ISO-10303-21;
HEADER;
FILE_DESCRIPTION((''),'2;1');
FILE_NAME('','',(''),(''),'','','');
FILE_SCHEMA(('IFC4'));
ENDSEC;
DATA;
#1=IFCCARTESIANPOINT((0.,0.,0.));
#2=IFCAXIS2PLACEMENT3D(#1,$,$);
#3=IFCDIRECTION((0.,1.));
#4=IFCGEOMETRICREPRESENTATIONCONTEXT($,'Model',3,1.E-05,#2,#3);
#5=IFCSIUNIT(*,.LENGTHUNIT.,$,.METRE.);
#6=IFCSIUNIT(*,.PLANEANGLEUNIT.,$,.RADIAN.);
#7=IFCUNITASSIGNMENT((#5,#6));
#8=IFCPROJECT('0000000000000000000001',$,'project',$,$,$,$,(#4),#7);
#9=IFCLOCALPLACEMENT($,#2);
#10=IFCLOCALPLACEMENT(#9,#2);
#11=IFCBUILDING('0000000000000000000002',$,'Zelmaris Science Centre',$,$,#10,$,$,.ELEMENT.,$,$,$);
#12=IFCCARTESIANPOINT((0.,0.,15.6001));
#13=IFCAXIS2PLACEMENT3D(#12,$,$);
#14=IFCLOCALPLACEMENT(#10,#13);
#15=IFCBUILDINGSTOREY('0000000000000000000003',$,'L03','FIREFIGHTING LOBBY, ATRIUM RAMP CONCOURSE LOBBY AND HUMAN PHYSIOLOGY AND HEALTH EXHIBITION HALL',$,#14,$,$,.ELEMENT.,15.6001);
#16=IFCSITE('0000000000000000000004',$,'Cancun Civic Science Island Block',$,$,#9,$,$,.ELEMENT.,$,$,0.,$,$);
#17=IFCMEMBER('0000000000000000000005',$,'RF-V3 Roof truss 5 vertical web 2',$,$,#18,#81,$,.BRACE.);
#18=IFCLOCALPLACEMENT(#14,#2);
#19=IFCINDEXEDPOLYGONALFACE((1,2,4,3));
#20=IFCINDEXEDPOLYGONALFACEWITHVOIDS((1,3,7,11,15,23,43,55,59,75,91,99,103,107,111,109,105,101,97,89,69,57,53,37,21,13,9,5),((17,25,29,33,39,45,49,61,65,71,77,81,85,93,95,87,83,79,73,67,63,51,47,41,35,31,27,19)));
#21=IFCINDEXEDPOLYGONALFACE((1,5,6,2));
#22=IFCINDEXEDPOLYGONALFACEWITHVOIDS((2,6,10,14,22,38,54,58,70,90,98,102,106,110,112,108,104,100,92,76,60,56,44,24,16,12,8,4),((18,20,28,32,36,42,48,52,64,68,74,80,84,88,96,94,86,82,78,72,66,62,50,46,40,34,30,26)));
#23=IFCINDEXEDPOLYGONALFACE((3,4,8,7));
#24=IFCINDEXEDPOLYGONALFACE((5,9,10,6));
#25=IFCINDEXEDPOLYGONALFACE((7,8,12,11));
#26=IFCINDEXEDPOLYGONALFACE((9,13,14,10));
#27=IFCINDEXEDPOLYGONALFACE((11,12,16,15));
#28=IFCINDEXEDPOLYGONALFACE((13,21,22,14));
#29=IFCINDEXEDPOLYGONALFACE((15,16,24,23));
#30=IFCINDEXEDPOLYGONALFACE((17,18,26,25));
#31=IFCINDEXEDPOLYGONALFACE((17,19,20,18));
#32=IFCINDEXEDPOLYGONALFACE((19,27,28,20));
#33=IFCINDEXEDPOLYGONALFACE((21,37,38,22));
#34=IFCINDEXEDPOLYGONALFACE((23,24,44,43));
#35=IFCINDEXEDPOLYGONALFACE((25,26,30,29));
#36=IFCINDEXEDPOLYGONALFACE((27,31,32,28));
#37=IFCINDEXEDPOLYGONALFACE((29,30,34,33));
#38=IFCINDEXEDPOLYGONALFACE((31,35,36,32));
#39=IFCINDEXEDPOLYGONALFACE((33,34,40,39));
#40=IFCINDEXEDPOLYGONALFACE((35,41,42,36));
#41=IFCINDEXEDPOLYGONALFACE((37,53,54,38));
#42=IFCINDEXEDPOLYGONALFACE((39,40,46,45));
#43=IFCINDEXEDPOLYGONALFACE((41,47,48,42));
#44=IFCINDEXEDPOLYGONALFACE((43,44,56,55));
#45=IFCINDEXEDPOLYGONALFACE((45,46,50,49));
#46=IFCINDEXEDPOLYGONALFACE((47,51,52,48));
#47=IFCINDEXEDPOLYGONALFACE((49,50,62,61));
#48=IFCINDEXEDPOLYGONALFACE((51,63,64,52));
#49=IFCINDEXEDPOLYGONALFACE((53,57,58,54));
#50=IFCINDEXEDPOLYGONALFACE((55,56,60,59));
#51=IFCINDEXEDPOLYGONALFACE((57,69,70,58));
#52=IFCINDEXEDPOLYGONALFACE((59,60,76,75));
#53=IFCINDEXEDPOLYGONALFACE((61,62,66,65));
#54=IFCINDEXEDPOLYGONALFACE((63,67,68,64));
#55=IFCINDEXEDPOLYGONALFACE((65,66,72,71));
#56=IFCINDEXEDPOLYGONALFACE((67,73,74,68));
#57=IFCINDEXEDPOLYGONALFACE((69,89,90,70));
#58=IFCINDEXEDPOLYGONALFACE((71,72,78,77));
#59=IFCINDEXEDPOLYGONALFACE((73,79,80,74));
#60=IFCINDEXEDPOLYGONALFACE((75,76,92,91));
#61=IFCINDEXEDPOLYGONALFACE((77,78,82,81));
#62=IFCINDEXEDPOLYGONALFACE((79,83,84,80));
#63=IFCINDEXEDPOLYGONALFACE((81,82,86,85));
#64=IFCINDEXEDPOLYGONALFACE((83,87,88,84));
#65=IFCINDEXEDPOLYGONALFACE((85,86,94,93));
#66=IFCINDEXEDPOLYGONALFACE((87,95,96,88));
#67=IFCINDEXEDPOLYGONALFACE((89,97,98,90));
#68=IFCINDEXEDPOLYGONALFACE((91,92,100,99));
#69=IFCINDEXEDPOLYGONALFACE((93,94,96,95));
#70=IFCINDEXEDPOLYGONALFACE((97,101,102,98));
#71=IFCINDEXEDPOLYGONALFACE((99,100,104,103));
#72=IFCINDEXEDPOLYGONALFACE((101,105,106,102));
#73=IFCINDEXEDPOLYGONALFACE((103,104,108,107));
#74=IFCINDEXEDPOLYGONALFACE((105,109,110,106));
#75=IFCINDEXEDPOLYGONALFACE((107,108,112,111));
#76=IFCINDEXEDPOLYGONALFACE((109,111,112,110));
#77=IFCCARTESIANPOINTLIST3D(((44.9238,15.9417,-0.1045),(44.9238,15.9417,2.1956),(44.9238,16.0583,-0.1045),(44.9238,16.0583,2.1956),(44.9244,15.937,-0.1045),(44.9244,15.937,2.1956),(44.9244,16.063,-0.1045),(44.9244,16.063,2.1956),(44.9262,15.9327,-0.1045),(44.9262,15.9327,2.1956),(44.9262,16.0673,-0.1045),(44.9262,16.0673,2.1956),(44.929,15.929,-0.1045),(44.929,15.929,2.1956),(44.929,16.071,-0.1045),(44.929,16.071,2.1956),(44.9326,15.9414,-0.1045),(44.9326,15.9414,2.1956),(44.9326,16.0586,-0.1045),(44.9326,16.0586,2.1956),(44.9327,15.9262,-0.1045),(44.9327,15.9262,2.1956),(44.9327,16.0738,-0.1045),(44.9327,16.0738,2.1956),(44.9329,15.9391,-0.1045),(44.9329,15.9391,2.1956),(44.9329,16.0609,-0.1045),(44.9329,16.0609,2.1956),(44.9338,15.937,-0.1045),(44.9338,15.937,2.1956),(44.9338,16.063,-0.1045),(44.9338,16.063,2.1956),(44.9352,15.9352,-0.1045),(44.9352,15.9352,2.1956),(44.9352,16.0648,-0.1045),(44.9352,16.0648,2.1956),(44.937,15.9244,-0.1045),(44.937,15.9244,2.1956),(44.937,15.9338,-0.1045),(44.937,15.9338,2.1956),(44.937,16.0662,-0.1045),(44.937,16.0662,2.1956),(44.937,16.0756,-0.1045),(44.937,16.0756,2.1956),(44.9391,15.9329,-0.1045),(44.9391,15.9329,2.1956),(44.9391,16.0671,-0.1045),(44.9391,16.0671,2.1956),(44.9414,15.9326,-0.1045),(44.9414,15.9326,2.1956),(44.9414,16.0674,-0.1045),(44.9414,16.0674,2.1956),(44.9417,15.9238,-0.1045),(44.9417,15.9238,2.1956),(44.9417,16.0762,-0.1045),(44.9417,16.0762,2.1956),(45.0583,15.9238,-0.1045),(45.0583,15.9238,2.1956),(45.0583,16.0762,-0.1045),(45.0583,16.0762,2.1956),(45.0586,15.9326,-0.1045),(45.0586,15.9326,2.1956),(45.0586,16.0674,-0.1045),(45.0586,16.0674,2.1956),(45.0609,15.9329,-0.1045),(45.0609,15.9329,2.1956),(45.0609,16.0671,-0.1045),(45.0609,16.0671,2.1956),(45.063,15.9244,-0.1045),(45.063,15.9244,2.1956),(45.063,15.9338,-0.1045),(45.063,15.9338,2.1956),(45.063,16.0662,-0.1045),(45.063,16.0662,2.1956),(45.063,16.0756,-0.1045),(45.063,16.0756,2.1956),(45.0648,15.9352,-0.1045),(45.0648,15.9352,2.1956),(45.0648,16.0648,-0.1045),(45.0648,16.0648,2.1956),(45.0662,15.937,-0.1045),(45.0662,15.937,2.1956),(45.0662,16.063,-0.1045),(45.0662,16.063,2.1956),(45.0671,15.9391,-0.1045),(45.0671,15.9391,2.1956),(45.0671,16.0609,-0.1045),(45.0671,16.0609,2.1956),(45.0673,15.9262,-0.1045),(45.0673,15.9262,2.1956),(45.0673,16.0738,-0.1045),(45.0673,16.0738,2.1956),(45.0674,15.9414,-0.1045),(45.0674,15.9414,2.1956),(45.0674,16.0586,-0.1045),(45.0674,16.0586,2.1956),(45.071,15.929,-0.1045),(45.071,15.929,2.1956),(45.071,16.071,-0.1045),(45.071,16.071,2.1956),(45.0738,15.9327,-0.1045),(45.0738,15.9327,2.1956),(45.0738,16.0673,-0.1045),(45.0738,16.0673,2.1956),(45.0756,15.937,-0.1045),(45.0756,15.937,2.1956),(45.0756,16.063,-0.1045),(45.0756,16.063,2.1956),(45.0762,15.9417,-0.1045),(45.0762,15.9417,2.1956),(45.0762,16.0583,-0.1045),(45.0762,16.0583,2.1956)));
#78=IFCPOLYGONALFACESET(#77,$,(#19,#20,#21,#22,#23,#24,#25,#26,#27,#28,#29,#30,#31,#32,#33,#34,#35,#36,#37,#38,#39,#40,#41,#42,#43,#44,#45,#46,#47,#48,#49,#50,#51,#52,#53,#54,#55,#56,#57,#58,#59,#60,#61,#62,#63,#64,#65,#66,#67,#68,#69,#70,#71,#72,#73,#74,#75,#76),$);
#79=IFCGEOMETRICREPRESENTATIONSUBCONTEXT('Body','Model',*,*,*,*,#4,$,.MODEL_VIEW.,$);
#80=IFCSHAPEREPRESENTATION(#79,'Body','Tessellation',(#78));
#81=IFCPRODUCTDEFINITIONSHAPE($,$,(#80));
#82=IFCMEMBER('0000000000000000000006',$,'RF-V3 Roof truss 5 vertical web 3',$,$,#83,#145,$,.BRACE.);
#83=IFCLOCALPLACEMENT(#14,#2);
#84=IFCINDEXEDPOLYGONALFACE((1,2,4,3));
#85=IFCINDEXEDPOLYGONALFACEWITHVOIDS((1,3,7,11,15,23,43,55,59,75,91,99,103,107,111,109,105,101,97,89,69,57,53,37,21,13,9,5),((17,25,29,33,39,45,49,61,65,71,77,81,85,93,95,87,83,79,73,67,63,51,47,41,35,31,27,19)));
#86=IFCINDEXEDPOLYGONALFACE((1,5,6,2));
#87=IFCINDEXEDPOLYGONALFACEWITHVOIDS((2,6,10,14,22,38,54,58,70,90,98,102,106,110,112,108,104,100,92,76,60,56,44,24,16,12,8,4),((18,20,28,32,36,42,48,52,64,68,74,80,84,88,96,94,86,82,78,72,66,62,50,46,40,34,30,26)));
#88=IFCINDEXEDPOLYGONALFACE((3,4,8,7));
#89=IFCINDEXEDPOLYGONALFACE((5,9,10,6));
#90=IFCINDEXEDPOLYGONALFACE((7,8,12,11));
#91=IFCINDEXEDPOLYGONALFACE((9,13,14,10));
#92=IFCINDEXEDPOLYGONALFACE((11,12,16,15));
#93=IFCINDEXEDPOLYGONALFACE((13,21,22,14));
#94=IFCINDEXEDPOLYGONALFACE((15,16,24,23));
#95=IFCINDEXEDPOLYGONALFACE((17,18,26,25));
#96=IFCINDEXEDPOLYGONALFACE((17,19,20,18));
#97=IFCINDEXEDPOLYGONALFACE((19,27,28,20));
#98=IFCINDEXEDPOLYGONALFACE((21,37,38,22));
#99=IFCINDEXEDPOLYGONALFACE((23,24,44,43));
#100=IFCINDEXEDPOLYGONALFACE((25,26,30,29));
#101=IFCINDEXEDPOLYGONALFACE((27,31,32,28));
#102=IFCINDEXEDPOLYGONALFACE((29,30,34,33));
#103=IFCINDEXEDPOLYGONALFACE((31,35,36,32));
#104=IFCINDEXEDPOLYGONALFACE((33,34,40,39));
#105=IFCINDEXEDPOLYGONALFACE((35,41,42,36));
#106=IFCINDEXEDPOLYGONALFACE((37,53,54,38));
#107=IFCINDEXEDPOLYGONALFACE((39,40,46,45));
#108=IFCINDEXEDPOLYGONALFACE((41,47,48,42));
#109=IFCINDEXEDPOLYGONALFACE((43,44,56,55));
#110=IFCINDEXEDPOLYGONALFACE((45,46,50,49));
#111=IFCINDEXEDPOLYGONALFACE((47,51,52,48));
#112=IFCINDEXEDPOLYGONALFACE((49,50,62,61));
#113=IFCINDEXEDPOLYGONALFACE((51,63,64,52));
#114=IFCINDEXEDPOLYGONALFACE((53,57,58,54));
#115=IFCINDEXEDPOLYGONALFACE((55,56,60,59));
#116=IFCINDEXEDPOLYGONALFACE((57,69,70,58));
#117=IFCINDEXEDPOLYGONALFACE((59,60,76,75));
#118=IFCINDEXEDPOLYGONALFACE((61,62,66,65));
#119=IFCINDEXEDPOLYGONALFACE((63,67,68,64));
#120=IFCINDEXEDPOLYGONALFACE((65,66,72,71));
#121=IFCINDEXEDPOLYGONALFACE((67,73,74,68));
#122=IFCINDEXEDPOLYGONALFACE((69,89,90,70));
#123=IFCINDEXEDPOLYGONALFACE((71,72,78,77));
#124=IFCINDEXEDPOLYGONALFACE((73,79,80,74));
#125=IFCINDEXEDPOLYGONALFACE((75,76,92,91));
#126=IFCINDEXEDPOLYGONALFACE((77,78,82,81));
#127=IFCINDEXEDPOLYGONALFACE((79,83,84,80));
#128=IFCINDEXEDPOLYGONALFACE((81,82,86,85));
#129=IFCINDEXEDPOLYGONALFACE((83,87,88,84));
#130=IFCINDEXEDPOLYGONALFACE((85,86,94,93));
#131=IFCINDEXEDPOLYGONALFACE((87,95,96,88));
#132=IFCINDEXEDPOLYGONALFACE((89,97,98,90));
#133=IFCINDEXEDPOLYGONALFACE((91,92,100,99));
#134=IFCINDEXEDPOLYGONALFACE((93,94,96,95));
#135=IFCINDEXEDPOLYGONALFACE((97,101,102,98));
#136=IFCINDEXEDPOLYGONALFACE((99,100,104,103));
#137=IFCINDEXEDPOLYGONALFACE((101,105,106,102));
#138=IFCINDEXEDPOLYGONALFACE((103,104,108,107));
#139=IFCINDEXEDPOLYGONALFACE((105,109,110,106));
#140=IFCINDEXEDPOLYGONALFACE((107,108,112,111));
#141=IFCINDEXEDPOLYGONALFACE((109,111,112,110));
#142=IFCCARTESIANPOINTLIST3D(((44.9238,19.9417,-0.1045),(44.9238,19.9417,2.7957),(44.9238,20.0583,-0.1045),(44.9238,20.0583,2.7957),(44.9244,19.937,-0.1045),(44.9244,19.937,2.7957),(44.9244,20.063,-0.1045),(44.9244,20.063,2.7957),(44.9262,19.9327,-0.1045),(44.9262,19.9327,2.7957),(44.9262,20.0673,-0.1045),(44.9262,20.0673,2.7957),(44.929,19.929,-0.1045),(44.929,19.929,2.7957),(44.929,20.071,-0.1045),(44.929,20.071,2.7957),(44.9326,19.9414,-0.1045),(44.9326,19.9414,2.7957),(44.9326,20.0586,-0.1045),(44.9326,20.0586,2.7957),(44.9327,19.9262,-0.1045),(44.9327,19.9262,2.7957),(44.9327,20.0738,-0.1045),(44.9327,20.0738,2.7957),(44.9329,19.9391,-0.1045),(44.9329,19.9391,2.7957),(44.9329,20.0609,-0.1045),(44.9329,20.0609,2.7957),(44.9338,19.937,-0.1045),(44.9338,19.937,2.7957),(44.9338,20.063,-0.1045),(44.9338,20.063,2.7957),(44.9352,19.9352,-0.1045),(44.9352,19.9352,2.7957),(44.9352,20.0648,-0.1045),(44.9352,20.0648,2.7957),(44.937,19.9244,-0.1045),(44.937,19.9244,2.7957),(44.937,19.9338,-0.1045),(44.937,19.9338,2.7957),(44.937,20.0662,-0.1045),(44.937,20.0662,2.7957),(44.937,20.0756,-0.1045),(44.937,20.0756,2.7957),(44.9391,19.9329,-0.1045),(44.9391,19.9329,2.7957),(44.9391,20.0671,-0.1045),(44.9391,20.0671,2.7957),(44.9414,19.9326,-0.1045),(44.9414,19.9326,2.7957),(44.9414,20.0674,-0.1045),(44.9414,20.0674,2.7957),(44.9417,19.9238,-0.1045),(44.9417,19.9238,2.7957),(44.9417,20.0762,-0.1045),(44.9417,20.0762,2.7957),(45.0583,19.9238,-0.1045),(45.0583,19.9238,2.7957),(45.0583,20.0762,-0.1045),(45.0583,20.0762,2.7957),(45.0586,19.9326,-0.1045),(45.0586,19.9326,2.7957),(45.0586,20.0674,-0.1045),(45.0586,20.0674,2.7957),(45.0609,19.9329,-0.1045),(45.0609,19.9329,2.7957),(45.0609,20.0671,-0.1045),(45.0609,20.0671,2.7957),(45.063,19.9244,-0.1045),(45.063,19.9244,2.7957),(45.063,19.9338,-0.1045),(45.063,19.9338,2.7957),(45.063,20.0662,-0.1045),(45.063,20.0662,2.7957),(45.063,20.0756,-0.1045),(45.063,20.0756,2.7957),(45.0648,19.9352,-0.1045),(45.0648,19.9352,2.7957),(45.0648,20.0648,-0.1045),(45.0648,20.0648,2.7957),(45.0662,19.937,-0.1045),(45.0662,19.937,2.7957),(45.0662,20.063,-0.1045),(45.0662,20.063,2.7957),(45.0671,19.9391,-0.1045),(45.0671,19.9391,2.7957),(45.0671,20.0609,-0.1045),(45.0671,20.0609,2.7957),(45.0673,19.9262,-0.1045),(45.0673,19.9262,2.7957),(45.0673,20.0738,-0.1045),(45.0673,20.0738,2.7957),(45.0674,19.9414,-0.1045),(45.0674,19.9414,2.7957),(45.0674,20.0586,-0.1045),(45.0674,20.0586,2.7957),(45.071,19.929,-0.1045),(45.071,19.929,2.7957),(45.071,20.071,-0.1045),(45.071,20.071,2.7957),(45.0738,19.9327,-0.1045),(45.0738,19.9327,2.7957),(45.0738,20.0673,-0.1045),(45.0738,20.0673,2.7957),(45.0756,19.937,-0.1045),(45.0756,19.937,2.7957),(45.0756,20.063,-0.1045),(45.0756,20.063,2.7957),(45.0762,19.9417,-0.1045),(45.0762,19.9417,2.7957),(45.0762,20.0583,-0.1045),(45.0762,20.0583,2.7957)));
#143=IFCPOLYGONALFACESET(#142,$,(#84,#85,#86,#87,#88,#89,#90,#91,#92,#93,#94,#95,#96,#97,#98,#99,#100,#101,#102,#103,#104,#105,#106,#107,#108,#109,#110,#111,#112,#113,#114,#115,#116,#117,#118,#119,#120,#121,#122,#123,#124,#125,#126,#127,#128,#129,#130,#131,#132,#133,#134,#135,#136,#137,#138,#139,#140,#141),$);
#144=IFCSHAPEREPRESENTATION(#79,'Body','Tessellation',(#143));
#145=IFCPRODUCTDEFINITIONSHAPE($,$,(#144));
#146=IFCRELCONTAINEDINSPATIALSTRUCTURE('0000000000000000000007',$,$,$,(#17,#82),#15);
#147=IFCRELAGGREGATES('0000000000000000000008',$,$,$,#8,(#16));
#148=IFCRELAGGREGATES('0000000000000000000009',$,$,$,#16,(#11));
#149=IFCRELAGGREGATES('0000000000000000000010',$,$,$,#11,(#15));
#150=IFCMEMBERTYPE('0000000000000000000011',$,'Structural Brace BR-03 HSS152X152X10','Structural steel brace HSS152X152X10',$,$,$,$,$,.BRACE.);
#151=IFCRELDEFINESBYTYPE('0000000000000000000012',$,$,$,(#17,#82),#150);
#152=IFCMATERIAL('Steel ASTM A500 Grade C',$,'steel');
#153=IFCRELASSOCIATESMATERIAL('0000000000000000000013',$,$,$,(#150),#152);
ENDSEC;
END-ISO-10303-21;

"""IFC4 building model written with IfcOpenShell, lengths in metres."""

from ifc_helpers import new_model, si_unit, direction, frame, origin, origin_2d, place, context, subcontext, project, spatial, hollow_rectangle, extrude, material, material_profile, profile_set, type_object, element, save


model = new_model("IFC4")

# Units and contexts
model_context = context("Model", 3, precision=1e-05, world=origin(), true_north=direction((0.0, 1.0)))
body_context = subcontext(model_context, "Body", "Model", "MODEL_VIEW")
ifc_project = project(units=[si_unit("LENGTHUNIT", "METRE"), si_unit("PLANEANGLEUNIT", "RADIAN")], contexts=[model_context])

# Site, building, storey
site_placement = place(None, origin())
site = spatial("IfcSite", under=ifc_project, at=site_placement, Name="Cancun Civic Science Island Block", CompositionType="ELEMENT", RefElevation=0.0)
building_placement = place(site_placement, origin())
building = spatial("IfcBuilding", under=site, at=building_placement, Name="Zelmaris Science Centre", CompositionType="ELEMENT")
storey_placement = place(building_placement, frame((0.0, 0.0, 15.6001)))
storey = spatial("IfcBuildingStorey", under=building, at=storey_placement, Name="L03", Description="FIREFIGHTING LOBBY, ATRIUM RAMP CONCOURSE LOBBY AND HUMAN PHYSIOLOGY AND HEALTH EXHIBITION HALL", CompositionType="ELEMENT", Elevation=15.6001)

# Shared definitions
ifc_material = material(Name="Steel ASTM A500 Grade C", Category="steel")

# Members
ifc_material_profile_1 = material_profile(ifc_material, hollow_rectangle(XDim=0.1523, YDim=0.1523, WallThickness=0.0088, InnerFilletRadius=0.0088, OuterFilletRadius=0.0178, at=origin_2d()), Name="HSS152X152X10")
ifc_profile_set_1 = profile_set([ifc_material_profile_1], Name="Steel ASTM A500 Grade C")
member_type_1 = type_object("IfcMemberType", Name="Structural Brace BR-03 HSS152X152X10", Description="Structural steel brace HSS152X152X10", PredefinedType="BRACE", material=ifc_profile_set_1)
member_1_placement = place(storey_placement, frame((45.0, 16.0, -0.1045), z_axis=(0.0, 0.0, 1.0), x_axis=(1.0, 0.0, 0.0)))
element("IfcMember", 1, at=member_1_placement, inside=storey, type_object=member_type_1, Name="RF-V3 Roof truss 5 vertical web 2", PredefinedType="BRACE", context=body_context, shape_type="SweptSolid", body=[
    extrude(hollow_rectangle(XDim=0.1523, YDim=0.1523, WallThickness=0.0088, InnerFilletRadius=0.0088, OuterFilletRadius=0.0178, at=origin_2d()), origin(), (0.0, 0.0, 1.0), 2.3),
])
member_2_placement = place(storey_placement, frame((45.0, 20.0, -0.1045), z_axis=(0.0, 0.0, 1.0), x_axis=(1.0, 0.0, 0.0)))
element("IfcMember", 2, at=member_2_placement, inside=storey, type_object=member_type_1, Name="RF-V3 Roof truss 5 vertical web 3", PredefinedType="BRACE", context=body_context, shape_type="SweptSolid", body=[
    extrude(hollow_rectangle(XDim=0.1523, YDim=0.1523, WallThickness=0.0088, InnerFilletRadius=0.0088, OuterFilletRadius=0.0178, at=origin_2d()), origin(), (0.0, 0.0, 1.0), 2.9001),
])

save(model, "model.ifc")
